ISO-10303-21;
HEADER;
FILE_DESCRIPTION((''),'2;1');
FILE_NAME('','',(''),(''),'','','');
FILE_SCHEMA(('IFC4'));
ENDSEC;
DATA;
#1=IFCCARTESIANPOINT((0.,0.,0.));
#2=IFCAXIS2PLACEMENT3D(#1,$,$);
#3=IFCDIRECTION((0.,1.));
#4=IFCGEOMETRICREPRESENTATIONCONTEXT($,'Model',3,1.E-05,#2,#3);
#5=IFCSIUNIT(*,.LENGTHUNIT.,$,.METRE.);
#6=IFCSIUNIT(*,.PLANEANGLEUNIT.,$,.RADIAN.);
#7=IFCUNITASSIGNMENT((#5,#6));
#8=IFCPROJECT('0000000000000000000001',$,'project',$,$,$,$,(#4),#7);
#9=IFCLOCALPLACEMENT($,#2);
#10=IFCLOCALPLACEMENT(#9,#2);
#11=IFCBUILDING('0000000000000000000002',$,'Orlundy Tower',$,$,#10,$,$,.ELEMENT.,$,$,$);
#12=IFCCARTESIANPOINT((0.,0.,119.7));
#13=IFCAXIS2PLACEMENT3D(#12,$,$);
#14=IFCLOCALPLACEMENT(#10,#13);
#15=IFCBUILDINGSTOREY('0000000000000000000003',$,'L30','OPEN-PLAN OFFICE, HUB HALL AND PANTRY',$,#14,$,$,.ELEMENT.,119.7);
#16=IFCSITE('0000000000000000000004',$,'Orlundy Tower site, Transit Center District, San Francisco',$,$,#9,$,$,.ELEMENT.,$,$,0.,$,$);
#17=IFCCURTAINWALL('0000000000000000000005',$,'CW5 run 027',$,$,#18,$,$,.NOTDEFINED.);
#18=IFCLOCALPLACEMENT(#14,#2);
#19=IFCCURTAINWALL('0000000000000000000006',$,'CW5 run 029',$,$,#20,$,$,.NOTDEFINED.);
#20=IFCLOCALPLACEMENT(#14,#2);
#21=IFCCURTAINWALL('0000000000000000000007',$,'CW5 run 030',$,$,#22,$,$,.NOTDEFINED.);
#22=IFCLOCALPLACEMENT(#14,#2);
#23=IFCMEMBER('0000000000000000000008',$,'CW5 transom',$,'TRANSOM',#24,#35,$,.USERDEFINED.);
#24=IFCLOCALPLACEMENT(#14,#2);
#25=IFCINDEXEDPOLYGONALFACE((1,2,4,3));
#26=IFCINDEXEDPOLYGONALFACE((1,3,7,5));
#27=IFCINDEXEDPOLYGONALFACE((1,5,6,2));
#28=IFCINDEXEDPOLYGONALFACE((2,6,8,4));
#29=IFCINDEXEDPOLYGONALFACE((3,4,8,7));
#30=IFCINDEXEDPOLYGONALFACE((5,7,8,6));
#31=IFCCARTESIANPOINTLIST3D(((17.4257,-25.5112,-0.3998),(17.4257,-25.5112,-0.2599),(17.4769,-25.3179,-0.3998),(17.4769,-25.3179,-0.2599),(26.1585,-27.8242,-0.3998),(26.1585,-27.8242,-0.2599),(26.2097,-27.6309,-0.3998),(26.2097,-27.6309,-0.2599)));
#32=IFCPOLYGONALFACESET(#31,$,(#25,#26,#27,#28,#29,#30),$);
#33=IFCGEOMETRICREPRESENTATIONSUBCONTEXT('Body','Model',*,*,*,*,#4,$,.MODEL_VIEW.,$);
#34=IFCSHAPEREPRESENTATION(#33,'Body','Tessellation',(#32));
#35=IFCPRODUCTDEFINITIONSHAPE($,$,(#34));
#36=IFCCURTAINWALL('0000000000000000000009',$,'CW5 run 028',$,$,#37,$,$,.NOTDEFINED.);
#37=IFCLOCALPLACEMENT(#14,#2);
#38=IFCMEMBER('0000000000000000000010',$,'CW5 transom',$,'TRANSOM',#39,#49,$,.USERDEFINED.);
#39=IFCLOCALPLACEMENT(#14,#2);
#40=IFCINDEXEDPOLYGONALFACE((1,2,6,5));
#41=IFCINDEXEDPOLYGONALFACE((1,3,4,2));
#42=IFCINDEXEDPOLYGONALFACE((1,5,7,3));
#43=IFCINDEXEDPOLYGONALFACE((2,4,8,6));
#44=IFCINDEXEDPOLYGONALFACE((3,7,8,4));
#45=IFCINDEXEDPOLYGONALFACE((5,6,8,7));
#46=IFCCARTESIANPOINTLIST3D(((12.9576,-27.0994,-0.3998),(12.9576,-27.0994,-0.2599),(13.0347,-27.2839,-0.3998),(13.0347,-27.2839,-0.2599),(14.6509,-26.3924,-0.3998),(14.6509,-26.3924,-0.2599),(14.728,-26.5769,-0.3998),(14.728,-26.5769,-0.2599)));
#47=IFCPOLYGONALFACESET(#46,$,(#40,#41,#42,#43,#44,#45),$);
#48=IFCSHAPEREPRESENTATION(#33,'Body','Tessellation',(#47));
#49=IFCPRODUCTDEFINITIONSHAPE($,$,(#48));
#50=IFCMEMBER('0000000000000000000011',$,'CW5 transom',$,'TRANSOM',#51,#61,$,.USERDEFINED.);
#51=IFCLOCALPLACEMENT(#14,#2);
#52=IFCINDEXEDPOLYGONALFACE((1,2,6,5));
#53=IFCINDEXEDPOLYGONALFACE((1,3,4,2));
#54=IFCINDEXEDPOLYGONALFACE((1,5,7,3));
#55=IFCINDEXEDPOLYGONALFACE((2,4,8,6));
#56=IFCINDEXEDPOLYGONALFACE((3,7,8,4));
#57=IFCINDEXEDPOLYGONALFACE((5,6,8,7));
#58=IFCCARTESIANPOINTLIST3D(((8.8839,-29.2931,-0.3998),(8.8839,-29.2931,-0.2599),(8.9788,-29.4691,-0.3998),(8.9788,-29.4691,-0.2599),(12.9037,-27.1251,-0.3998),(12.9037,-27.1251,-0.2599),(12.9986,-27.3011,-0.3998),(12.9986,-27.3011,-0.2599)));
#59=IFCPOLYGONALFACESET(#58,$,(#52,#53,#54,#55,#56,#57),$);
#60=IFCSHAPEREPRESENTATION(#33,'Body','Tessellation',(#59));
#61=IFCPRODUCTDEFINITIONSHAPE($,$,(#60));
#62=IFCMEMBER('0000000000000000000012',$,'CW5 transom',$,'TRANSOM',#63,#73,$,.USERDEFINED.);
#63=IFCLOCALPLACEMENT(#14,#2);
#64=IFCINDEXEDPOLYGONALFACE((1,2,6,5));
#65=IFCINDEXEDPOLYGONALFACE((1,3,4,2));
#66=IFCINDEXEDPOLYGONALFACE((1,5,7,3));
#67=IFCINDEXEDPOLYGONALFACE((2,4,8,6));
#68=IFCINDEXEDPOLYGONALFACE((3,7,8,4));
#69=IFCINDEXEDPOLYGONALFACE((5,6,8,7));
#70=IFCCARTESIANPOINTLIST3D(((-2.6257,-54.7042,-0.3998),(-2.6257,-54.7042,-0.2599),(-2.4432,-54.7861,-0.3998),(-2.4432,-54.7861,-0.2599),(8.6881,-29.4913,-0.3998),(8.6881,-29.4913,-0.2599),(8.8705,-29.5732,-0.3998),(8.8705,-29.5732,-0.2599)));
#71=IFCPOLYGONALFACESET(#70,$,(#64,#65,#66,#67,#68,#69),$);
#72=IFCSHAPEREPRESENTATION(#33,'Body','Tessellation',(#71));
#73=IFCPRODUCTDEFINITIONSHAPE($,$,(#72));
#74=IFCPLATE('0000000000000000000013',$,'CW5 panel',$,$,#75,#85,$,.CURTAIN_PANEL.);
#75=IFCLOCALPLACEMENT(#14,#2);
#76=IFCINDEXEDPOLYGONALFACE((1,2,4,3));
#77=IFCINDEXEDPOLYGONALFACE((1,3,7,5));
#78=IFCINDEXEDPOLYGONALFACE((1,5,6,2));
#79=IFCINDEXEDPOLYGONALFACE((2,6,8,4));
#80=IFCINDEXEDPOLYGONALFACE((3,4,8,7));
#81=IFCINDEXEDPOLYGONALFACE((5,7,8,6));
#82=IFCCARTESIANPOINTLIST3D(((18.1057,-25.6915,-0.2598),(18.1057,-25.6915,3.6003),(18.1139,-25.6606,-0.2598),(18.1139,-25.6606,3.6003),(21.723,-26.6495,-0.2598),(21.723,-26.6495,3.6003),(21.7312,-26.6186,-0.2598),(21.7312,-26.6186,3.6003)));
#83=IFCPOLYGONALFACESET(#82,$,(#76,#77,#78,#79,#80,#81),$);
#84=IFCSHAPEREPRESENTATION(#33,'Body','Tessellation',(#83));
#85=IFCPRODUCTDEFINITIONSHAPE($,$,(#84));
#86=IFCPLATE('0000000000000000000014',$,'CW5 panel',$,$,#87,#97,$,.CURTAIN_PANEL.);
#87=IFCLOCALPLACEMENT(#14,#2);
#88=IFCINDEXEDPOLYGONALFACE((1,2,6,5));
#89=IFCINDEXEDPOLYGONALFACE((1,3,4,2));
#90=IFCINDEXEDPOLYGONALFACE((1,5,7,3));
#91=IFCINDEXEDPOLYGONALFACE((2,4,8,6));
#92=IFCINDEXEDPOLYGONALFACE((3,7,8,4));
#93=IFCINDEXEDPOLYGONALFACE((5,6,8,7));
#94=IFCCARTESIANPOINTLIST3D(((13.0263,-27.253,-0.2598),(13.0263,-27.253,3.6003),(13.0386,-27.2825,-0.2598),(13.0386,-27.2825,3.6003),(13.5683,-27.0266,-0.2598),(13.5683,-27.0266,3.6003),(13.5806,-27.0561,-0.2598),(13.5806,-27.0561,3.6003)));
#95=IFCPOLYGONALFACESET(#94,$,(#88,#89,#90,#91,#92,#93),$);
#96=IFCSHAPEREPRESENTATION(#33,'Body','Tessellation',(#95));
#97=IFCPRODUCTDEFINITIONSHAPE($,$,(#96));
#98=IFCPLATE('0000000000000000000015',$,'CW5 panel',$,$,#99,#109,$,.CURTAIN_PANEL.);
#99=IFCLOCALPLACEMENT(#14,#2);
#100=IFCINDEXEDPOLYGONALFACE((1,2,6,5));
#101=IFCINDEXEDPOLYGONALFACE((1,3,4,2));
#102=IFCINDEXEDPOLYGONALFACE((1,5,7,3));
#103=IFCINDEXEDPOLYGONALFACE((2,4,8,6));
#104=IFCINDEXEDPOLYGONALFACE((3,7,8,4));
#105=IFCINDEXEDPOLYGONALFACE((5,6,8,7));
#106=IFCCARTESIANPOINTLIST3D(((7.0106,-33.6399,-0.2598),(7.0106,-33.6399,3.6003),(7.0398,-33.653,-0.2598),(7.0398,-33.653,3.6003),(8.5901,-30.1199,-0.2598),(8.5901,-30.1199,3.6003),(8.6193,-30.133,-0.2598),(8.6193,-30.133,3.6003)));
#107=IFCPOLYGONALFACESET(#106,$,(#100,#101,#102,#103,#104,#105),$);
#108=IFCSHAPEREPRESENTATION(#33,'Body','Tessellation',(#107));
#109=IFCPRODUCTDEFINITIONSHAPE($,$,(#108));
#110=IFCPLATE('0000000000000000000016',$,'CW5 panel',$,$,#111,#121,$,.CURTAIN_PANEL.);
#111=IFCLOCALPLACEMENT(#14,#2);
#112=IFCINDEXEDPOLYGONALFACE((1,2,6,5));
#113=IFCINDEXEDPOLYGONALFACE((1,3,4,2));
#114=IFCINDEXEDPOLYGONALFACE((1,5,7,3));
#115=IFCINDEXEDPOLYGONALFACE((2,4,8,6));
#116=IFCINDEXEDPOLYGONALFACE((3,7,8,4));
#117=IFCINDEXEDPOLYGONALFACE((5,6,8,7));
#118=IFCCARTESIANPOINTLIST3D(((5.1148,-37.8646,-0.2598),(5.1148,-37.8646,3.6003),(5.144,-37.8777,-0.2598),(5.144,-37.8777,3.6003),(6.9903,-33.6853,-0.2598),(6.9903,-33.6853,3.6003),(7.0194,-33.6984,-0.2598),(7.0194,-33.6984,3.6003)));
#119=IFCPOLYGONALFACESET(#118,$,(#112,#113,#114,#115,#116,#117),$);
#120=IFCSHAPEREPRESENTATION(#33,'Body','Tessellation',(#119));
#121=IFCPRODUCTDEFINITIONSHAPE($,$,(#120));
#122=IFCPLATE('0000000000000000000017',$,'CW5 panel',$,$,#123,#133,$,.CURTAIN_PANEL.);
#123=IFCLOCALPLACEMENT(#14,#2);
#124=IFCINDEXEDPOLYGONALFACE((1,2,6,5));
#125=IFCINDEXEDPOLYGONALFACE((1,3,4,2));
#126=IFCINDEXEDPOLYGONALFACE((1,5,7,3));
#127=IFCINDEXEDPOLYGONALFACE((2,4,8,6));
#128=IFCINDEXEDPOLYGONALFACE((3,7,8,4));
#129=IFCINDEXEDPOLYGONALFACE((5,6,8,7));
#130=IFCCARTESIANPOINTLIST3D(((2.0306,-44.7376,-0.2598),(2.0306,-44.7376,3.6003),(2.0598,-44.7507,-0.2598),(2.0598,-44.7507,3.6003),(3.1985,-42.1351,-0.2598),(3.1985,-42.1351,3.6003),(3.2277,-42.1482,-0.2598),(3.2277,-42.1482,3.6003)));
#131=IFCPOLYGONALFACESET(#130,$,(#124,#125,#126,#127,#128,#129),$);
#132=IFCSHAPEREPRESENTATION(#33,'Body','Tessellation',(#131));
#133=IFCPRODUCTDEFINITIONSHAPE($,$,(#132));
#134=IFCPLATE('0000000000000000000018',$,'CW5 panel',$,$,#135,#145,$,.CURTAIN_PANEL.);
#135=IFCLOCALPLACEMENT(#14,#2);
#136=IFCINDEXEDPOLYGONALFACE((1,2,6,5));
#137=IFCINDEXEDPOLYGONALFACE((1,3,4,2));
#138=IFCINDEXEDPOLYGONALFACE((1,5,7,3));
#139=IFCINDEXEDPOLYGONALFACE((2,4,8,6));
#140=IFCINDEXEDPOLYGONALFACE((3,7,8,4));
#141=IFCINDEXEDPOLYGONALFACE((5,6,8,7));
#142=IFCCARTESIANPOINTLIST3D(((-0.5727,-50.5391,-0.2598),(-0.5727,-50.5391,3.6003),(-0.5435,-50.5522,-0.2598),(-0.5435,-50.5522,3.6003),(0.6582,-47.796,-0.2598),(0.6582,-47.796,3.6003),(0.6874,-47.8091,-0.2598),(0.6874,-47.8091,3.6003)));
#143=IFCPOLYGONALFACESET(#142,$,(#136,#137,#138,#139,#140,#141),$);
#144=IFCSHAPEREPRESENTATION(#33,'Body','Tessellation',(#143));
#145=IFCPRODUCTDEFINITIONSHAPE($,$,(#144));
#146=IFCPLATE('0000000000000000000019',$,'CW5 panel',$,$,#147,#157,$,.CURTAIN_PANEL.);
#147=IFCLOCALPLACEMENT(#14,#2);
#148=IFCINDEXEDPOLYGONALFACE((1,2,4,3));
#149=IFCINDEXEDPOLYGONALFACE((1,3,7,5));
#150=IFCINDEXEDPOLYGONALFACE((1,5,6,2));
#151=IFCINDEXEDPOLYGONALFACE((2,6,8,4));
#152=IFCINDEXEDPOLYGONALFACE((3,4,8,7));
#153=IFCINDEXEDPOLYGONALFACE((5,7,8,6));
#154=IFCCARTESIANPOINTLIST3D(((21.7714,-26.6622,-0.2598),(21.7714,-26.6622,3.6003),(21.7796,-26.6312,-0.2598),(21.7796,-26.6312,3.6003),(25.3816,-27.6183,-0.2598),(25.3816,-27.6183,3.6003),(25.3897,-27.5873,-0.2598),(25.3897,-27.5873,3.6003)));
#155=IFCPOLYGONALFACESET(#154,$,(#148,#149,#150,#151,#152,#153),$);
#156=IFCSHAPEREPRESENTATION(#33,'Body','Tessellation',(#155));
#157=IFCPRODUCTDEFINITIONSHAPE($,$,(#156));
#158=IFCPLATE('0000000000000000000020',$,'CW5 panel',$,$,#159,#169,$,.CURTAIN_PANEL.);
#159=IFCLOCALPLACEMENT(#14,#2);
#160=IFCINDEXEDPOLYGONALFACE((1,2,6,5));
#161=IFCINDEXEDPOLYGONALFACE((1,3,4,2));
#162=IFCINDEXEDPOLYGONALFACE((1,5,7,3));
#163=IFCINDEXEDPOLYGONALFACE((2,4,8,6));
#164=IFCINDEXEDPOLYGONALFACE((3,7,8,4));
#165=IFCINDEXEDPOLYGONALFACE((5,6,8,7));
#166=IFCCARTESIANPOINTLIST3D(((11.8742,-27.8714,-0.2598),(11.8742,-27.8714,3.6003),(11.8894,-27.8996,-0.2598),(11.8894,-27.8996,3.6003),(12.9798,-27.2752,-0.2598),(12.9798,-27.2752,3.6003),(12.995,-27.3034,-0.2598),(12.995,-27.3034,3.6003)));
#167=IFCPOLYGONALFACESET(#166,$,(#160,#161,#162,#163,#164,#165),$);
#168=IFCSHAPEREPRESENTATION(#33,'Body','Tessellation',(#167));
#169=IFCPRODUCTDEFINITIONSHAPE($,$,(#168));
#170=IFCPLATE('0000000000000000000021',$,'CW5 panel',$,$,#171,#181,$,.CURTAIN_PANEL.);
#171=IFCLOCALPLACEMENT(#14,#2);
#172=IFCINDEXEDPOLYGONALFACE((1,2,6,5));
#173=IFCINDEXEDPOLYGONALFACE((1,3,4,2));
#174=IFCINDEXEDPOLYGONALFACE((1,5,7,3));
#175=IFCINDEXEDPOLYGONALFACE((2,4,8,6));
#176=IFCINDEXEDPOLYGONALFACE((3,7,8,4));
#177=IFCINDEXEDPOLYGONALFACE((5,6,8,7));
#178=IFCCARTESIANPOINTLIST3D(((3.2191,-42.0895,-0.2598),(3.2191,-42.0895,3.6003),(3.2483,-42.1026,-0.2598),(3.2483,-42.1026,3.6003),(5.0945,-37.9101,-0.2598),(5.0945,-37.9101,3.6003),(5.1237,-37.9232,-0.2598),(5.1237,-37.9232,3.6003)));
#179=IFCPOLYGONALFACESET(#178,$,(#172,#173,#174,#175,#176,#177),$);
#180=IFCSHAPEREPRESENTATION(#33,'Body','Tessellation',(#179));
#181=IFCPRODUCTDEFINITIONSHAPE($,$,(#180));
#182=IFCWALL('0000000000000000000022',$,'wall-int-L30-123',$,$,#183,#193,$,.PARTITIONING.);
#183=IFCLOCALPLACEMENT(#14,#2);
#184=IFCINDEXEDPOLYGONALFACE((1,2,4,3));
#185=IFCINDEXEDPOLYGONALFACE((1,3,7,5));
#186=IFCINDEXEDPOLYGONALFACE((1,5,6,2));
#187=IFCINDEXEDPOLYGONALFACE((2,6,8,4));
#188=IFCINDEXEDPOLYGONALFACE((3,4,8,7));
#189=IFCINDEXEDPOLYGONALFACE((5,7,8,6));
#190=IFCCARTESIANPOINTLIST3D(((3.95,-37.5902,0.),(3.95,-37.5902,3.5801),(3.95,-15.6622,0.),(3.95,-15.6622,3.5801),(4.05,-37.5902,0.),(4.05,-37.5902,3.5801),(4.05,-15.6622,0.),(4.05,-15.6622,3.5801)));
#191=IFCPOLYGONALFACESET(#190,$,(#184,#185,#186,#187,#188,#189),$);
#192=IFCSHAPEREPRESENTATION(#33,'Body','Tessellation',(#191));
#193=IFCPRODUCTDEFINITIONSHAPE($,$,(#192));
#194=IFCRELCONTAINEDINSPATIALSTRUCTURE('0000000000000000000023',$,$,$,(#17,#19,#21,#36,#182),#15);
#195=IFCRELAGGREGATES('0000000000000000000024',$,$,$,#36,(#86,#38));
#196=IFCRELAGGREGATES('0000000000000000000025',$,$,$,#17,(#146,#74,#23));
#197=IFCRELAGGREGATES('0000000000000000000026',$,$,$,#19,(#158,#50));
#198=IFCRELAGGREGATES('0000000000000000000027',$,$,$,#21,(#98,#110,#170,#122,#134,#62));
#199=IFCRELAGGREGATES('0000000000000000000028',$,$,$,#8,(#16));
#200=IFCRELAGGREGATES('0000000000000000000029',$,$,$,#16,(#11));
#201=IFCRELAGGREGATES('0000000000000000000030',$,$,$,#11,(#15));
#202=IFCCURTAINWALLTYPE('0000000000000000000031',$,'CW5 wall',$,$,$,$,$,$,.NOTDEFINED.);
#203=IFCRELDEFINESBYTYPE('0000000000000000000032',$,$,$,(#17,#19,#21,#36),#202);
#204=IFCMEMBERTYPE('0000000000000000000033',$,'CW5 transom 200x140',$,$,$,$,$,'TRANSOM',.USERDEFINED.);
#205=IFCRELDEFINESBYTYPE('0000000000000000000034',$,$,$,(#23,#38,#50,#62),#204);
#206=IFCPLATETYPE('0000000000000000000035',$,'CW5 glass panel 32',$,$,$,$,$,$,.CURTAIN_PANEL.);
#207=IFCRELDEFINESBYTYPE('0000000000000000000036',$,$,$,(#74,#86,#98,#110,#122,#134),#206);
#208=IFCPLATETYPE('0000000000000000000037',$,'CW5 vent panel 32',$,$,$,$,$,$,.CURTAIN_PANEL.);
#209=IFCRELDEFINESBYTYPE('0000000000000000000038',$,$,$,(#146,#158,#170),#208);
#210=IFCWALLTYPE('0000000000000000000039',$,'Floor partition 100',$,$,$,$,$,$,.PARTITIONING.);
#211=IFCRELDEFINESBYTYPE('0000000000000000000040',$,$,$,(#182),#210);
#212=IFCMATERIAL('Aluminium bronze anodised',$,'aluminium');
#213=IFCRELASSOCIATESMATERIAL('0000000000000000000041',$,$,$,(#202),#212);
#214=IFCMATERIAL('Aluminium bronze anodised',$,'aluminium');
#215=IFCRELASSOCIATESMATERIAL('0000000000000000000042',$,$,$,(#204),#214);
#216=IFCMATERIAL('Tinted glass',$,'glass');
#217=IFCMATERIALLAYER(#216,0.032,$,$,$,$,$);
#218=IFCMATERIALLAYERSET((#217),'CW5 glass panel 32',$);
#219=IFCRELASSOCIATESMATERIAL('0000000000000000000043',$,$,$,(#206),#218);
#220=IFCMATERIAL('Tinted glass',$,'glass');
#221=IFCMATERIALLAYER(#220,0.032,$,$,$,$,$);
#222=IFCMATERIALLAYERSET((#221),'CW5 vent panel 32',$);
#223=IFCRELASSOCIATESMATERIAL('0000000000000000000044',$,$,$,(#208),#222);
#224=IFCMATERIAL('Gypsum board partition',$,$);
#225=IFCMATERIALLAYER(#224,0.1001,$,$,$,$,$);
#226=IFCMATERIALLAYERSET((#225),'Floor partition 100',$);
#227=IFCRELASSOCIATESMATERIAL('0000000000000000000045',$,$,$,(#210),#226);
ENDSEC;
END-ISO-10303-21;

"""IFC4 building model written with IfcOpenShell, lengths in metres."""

from ifc_helpers import new_model, si_unit, direction, frame, frame_2d, origin, origin_2d, place, context, subcontext, project, spatial, rectangle, extrude, material, layer, layer_set, material_profile, profile_set, type_object, element, aggregate, save


model = new_model("IFC4")

# Units and contexts
model_context = context("Model", 3, precision=1e-05, world=origin(), true_north=direction((0.0, 1.0)))
body_context = subcontext(model_context, "Body", "Model", "MODEL_VIEW")
ifc_project = project(units=[si_unit("LENGTHUNIT", "METRE"), si_unit("PLANEANGLEUNIT", "RADIAN")], contexts=[model_context])

# Site, building, storey
site_placement = place(None, origin())
site = spatial("IfcSite", under=ifc_project, at=site_placement, Name="Orlundy Tower site, Transit Center District, San Francisco", CompositionType="ELEMENT", RefElevation=0.0)
building_placement = place(site_placement, origin())
building = spatial("IfcBuilding", under=site, at=building_placement, Name="Orlundy Tower", CompositionType="ELEMENT")
storey_placement = place(building_placement, frame((0.0, 0.0, 119.7)))
storey = spatial("IfcBuildingStorey", under=building, at=storey_placement, Name="L30", Description="OPEN-PLAN OFFICE, HUB HALL AND PANTRY", CompositionType="ELEMENT", Elevation=119.7)

# Curtain walls
ifc_material_1 = material(Name="Aluminium bronze anodised", Category="aluminium")
curtain_wall_type = type_object("IfcCurtainWallType", Name="CW5 wall", PredefinedType="NOTDEFINED", material=ifc_material_1)
curtain_wall_1_placement = place(storey_placement, origin())
curtain_wall_1 = element("IfcCurtainWall", 1, at=curtain_wall_1_placement, inside=storey, type_object=curtain_wall_type, Name="CW5 run 027", PredefinedType="NOTDEFINED")
curtain_wall_2_placement = place(storey_placement, origin())
curtain_wall_2 = element("IfcCurtainWall", 2, at=curtain_wall_2_placement, inside=storey, type_object=curtain_wall_type, Name="CW5 run 029", PredefinedType="NOTDEFINED")

# Curtain wall
curtain_wall_3_placement = place(storey_placement, origin())
curtain_wall_3 = element("IfcCurtainWall", 3, at=curtain_wall_3_placement, inside=storey, type_object=curtain_wall_type, Name="CW5 run 030", PredefinedType="NOTDEFINED")

# Member
ifc_material_2 = material(Name="Aluminium bronze anodised", Category="aluminium")
ifc_material_profile_1 = material_profile(ifc_material_2, rectangle(XDim=0.2, YDim=0.1399, at=origin_2d()), Name="CW5 transom 200x140")
ifc_profile_set_1 = profile_set([ifc_material_profile_1], Name="Aluminium bronze anodised")
member_type_1 = type_object("IfcMemberType", Name="CW5 transom 200x140", ElementType="TRANSOM", PredefinedType="USERDEFINED", material=ifc_profile_set_1)
member_1_placement = place(storey_placement, frame((26.1841, -27.7275, -0.3298), z_axis=(-0.966669, 0.256031, 0.0), x_axis=(-0.256031, -0.966669, 0.0)))
member_1 = element("IfcMember", 4, at=member_1_placement, type_object=member_type_1, Name="CW5 transom", ObjectType="TRANSOM", PredefinedType="USERDEFINED", context=body_context, shape_type="SweptSolid", body=[
    extrude(rectangle(XDim=0.2, YDim=0.1399, at=origin_2d()), origin(), (0.0, 0.0, 1.0), 9.0339),
])

# Curtain wall, member
curtain_wall_4_placement = place(storey_placement, origin())
curtain_wall_4 = element("IfcCurtainWall", 5, at=curtain_wall_4_placement, inside=storey, type_object=curtain_wall_type, Name="CW5 run 028", PredefinedType="NOTDEFINED")
member_2_placement = place(storey_placement, frame((14.6895, -26.4846, -0.3298), z_axis=(-0.922793, -0.385295, 0.0), x_axis=(0.385295, -0.922793, 0.0)))
member_2 = element("IfcMember", 6, at=member_2_placement, type_object=member_type_1, Name="CW5 transom", ObjectType="TRANSOM", PredefinedType="USERDEFINED", context=body_context, shape_type="SweptSolid", body=[
    extrude(rectangle(XDim=0.2, YDim=0.1399, at=origin_2d()), origin(), (0.0, 0.0, 1.0), 1.835),
])

# Members
member_3_placement = place(storey_placement, frame((12.9512, -27.2131, -0.3298), z_axis=(-0.880153, -0.474689, 0.0), x_axis=(0.474689, -0.880153, 0.0)))
member_3 = element("IfcMember", 7, at=member_3_placement, type_object=member_type_1, Name="CW5 transom", ObjectType="TRANSOM", PredefinedType="USERDEFINED", context=body_context, shape_type="SweptSolid", body=[
    extrude(rectangle(XDim=0.2, YDim=0.1399, at=origin_2d()), origin(), (0.0, 0.0, 1.0), 4.5671),
])
member_4_placement = place(storey_placement, frame((8.7793, -29.5322, -0.3298), z_axis=(-0.409399, -0.912355, 0.0), x_axis=(0.912355, -0.409399, 0.0)))
member_4 = element("IfcMember", 8, at=member_4_placement, type_object=member_type_1, Name="CW5 transom", ObjectType="TRANSOM", PredefinedType="USERDEFINED", context=body_context, shape_type="SweptSolid", body=[
    extrude(rectangle(XDim=0.2, YDim=0.1399, at=origin_2d()), origin(), (0.0, 0.0, 1.0), 27.635),
])

# Plates
ifc_material_3 = material(Name="Tinted glass", Category="glass")
ifc_layer_1 = layer(ifc_material_3, 0.032)
ifc_layer_set_1 = layer_set([ifc_layer_1], Name="CW5 glass panel 32")
plate_type_1 = type_object("IfcPlateType", Name="CW5 glass panel 32", PredefinedType="CURTAIN_PANEL", material=ifc_layer_set_1)
plate_1_placement = place(storey_placement, frame((19.9185, -26.155, -0.2598), z_axis=(0.0, 0.0, 1.0), x_axis=(-0.966674, 0.256011, 0.0)))
plate_1 = element("IfcPlate", 9, at=plate_1_placement, type_object=plate_type_1, Name="CW5 panel", PredefinedType="CURTAIN_PANEL", context=body_context, shape_type="SweptSolid", body=[
    extrude(rectangle(XDim=3.7419, YDim=0.032, at=origin_2d()), origin(), (0.0, 0.0, 1.0), 3.8601),
])
plate_2_placement = place(storey_placement, frame((13.3035, -27.1545, -0.2598), z_axis=(0.0, 0.0, 1.0), x_axis=(-0.922778, -0.385331, 0.0)))
plate_2 = element("IfcPlate", 10, at=plate_2_placement, type_object=plate_type_1, Name="CW5 panel", PredefinedType="CURTAIN_PANEL", context=body_context, shape_type="SweptSolid", body=[
    extrude(rectangle(XDim=0.5874, YDim=0.032, at=origin_2d()), origin(), (0.0, 0.0, 1.0), 3.8601),
])
aggregate(curtain_wall_4, [plate_2, member_2])
plate_3_placement = place(storey_placement, frame((7.8149, -31.8865, -0.2598), z_axis=(0.0, 0.0, 1.0), x_axis=(-0.409405, -0.912353, 0.0)))
plate_3 = element("IfcPlate", 11, at=plate_3_placement, type_object=plate_type_1, Name="CW5 panel", PredefinedType="CURTAIN_PANEL", context=body_context, shape_type="SweptSolid", body=[
    extrude(rectangle(XDim=3.8582, YDim=0.032, at=origin_2d()), origin(), (0.0, 0.0, 1.0), 3.8601),
])
plate_4_placement = place(storey_placement, frame((6.0671, -35.7815, -0.2598), z_axis=(0.0, 0.0, 1.0), x_axis=(-0.409405, -0.912353, 0.0)))
plate_4 = element("IfcPlate", 12, at=plate_4_placement, type_object=plate_type_1, Name="CW5 panel", PredefinedType="CURTAIN_PANEL", context=body_context, shape_type="SweptSolid", body=[
    extrude(rectangle(XDim=4.5808, YDim=0.032, at=origin_2d()), origin(), (0.0, 0.0, 1.0), 3.8601),
])
plate_5_placement = place(storey_placement, frame((2.6292, -43.4429, -0.2598), z_axis=(0.0, 0.0, 1.0), x_axis=(-0.409405, -0.912353, 0.0)))
plate_5 = element("IfcPlate", 13, at=plate_5_placement, type_object=plate_type_1, Name="CW5 panel", PredefinedType="CURTAIN_PANEL", context=body_context, shape_type="SweptSolid", body=[
    extrude(rectangle(XDim=2.8525, YDim=0.032, at=origin_2d()), origin(), (0.0, 0.0, 1.0), 3.8601),
])
plate_6_placement = place(storey_placement, frame((0.0574, -49.1741, -0.2598), z_axis=(0.0, 0.0, 1.0), x_axis=(-0.409405, -0.912353, 0.0)))
plate_6 = element("IfcPlate", 14, at=plate_6_placement, type_object=plate_type_1, Name="CW5 panel", PredefinedType="CURTAIN_PANEL", context=body_context, shape_type="SweptSolid", body=[
    extrude(rectangle(XDim=3.0066, YDim=0.032, at=origin_2d()), origin(), (0.0, 0.0, 1.0), 3.8601),
])
ifc_material_4 = material(Name="Tinted glass", Category="glass")
ifc_layer_2 = layer(ifc_material_4, 0.032)
ifc_layer_set_2 = layer_set([ifc_layer_2], Name="CW5 vent panel 32")
plate_type_2 = type_object("IfcPlateType", Name="CW5 vent panel 32", PredefinedType="CURTAIN_PANEL", material=ifc_layer_set_2)
plate_7_placement = place(storey_placement, frame((23.5806, -27.1248, -0.2598), z_axis=(0.0, 0.0, 1.0), x_axis=(-0.966674, 0.256011, 0.0)))
plate_7 = element("IfcPlate", 15, at=plate_7_placement, type_object=plate_type_2, Name="CW5 panel", PredefinedType="CURTAIN_PANEL", context=body_context, shape_type="SweptSolid", body=[
    extrude(rectangle(XDim=3.7346, YDim=0.032, at=origin_2d()), origin(), (0.0, 0.0, 1.0), 3.8601),
])
aggregate(curtain_wall_1, [plate_7, plate_1, member_1])
plate_8_placement = place(storey_placement, frame((12.4346, -27.5874, -0.2598), z_axis=(0.0, 0.0, 1.0), x_axis=(-0.880167, -0.474664, 0.0)))
plate_8 = element("IfcPlate", 16, at=plate_8_placement, type_object=plate_type_2, Name="CW5 panel", PredefinedType="CURTAIN_PANEL", context=body_context, shape_type="SweptSolid", body=[
    extrude(rectangle(XDim=1.2561, YDim=0.032, at=origin_2d()), origin(), (0.0, 0.0, 1.0), 3.8601),
])
aggregate(curtain_wall_2, [plate_8, member_3])
plate_9_placement = place(storey_placement, frame((4.1714, -40.0063, -0.2598), z_axis=(0.0, 0.0, 1.0), x_axis=(-0.409405, -0.912353, 0.0)))
plate_9 = element("IfcPlate", 17, at=plate_9_placement, type_object=plate_type_2, Name="CW5 panel", PredefinedType="CURTAIN_PANEL", context=body_context, shape_type="SweptSolid", body=[
    extrude(rectangle(XDim=4.5808, YDim=0.032, at=origin_2d()), origin(), (0.0, 0.0, 1.0), 3.8601),
])
aggregate(curtain_wall_3, [plate_3, plate_4, plate_9, plate_5, plate_6, member_4])

# Wall
ifc_material_5 = material(Name="Gypsum board partition")
ifc_layer_3 = layer(ifc_material_5, 0.1001)
ifc_layer_set_3 = layer_set([ifc_layer_3], Name="Floor partition 100")
wall_type_1 = type_object("IfcWallType", Name="Floor partition 100", PredefinedType="PARTITIONING", material=ifc_layer_set_3)
wall_1_placement = place(storey_placement, frame((4.0, -37.5901, 0.0), z_axis=(0.0, 0.0, 1.0), x_axis=(0.0, 1.0, 0.0)))
element("IfcWall", 18, at=wall_1_placement, inside=storey, type_object=wall_type_1, Name="wall-int-L30-123", PredefinedType="PARTITIONING", context=body_context, shape_type="SweptSolid", body=[
    extrude(rectangle(XDim=21.928, YDim=0.1001, at=frame_2d((10.9639, 0.0))), origin(), (0.0, 0.0, 1.0), 3.5801),
])

save(model, "model.ifc")
